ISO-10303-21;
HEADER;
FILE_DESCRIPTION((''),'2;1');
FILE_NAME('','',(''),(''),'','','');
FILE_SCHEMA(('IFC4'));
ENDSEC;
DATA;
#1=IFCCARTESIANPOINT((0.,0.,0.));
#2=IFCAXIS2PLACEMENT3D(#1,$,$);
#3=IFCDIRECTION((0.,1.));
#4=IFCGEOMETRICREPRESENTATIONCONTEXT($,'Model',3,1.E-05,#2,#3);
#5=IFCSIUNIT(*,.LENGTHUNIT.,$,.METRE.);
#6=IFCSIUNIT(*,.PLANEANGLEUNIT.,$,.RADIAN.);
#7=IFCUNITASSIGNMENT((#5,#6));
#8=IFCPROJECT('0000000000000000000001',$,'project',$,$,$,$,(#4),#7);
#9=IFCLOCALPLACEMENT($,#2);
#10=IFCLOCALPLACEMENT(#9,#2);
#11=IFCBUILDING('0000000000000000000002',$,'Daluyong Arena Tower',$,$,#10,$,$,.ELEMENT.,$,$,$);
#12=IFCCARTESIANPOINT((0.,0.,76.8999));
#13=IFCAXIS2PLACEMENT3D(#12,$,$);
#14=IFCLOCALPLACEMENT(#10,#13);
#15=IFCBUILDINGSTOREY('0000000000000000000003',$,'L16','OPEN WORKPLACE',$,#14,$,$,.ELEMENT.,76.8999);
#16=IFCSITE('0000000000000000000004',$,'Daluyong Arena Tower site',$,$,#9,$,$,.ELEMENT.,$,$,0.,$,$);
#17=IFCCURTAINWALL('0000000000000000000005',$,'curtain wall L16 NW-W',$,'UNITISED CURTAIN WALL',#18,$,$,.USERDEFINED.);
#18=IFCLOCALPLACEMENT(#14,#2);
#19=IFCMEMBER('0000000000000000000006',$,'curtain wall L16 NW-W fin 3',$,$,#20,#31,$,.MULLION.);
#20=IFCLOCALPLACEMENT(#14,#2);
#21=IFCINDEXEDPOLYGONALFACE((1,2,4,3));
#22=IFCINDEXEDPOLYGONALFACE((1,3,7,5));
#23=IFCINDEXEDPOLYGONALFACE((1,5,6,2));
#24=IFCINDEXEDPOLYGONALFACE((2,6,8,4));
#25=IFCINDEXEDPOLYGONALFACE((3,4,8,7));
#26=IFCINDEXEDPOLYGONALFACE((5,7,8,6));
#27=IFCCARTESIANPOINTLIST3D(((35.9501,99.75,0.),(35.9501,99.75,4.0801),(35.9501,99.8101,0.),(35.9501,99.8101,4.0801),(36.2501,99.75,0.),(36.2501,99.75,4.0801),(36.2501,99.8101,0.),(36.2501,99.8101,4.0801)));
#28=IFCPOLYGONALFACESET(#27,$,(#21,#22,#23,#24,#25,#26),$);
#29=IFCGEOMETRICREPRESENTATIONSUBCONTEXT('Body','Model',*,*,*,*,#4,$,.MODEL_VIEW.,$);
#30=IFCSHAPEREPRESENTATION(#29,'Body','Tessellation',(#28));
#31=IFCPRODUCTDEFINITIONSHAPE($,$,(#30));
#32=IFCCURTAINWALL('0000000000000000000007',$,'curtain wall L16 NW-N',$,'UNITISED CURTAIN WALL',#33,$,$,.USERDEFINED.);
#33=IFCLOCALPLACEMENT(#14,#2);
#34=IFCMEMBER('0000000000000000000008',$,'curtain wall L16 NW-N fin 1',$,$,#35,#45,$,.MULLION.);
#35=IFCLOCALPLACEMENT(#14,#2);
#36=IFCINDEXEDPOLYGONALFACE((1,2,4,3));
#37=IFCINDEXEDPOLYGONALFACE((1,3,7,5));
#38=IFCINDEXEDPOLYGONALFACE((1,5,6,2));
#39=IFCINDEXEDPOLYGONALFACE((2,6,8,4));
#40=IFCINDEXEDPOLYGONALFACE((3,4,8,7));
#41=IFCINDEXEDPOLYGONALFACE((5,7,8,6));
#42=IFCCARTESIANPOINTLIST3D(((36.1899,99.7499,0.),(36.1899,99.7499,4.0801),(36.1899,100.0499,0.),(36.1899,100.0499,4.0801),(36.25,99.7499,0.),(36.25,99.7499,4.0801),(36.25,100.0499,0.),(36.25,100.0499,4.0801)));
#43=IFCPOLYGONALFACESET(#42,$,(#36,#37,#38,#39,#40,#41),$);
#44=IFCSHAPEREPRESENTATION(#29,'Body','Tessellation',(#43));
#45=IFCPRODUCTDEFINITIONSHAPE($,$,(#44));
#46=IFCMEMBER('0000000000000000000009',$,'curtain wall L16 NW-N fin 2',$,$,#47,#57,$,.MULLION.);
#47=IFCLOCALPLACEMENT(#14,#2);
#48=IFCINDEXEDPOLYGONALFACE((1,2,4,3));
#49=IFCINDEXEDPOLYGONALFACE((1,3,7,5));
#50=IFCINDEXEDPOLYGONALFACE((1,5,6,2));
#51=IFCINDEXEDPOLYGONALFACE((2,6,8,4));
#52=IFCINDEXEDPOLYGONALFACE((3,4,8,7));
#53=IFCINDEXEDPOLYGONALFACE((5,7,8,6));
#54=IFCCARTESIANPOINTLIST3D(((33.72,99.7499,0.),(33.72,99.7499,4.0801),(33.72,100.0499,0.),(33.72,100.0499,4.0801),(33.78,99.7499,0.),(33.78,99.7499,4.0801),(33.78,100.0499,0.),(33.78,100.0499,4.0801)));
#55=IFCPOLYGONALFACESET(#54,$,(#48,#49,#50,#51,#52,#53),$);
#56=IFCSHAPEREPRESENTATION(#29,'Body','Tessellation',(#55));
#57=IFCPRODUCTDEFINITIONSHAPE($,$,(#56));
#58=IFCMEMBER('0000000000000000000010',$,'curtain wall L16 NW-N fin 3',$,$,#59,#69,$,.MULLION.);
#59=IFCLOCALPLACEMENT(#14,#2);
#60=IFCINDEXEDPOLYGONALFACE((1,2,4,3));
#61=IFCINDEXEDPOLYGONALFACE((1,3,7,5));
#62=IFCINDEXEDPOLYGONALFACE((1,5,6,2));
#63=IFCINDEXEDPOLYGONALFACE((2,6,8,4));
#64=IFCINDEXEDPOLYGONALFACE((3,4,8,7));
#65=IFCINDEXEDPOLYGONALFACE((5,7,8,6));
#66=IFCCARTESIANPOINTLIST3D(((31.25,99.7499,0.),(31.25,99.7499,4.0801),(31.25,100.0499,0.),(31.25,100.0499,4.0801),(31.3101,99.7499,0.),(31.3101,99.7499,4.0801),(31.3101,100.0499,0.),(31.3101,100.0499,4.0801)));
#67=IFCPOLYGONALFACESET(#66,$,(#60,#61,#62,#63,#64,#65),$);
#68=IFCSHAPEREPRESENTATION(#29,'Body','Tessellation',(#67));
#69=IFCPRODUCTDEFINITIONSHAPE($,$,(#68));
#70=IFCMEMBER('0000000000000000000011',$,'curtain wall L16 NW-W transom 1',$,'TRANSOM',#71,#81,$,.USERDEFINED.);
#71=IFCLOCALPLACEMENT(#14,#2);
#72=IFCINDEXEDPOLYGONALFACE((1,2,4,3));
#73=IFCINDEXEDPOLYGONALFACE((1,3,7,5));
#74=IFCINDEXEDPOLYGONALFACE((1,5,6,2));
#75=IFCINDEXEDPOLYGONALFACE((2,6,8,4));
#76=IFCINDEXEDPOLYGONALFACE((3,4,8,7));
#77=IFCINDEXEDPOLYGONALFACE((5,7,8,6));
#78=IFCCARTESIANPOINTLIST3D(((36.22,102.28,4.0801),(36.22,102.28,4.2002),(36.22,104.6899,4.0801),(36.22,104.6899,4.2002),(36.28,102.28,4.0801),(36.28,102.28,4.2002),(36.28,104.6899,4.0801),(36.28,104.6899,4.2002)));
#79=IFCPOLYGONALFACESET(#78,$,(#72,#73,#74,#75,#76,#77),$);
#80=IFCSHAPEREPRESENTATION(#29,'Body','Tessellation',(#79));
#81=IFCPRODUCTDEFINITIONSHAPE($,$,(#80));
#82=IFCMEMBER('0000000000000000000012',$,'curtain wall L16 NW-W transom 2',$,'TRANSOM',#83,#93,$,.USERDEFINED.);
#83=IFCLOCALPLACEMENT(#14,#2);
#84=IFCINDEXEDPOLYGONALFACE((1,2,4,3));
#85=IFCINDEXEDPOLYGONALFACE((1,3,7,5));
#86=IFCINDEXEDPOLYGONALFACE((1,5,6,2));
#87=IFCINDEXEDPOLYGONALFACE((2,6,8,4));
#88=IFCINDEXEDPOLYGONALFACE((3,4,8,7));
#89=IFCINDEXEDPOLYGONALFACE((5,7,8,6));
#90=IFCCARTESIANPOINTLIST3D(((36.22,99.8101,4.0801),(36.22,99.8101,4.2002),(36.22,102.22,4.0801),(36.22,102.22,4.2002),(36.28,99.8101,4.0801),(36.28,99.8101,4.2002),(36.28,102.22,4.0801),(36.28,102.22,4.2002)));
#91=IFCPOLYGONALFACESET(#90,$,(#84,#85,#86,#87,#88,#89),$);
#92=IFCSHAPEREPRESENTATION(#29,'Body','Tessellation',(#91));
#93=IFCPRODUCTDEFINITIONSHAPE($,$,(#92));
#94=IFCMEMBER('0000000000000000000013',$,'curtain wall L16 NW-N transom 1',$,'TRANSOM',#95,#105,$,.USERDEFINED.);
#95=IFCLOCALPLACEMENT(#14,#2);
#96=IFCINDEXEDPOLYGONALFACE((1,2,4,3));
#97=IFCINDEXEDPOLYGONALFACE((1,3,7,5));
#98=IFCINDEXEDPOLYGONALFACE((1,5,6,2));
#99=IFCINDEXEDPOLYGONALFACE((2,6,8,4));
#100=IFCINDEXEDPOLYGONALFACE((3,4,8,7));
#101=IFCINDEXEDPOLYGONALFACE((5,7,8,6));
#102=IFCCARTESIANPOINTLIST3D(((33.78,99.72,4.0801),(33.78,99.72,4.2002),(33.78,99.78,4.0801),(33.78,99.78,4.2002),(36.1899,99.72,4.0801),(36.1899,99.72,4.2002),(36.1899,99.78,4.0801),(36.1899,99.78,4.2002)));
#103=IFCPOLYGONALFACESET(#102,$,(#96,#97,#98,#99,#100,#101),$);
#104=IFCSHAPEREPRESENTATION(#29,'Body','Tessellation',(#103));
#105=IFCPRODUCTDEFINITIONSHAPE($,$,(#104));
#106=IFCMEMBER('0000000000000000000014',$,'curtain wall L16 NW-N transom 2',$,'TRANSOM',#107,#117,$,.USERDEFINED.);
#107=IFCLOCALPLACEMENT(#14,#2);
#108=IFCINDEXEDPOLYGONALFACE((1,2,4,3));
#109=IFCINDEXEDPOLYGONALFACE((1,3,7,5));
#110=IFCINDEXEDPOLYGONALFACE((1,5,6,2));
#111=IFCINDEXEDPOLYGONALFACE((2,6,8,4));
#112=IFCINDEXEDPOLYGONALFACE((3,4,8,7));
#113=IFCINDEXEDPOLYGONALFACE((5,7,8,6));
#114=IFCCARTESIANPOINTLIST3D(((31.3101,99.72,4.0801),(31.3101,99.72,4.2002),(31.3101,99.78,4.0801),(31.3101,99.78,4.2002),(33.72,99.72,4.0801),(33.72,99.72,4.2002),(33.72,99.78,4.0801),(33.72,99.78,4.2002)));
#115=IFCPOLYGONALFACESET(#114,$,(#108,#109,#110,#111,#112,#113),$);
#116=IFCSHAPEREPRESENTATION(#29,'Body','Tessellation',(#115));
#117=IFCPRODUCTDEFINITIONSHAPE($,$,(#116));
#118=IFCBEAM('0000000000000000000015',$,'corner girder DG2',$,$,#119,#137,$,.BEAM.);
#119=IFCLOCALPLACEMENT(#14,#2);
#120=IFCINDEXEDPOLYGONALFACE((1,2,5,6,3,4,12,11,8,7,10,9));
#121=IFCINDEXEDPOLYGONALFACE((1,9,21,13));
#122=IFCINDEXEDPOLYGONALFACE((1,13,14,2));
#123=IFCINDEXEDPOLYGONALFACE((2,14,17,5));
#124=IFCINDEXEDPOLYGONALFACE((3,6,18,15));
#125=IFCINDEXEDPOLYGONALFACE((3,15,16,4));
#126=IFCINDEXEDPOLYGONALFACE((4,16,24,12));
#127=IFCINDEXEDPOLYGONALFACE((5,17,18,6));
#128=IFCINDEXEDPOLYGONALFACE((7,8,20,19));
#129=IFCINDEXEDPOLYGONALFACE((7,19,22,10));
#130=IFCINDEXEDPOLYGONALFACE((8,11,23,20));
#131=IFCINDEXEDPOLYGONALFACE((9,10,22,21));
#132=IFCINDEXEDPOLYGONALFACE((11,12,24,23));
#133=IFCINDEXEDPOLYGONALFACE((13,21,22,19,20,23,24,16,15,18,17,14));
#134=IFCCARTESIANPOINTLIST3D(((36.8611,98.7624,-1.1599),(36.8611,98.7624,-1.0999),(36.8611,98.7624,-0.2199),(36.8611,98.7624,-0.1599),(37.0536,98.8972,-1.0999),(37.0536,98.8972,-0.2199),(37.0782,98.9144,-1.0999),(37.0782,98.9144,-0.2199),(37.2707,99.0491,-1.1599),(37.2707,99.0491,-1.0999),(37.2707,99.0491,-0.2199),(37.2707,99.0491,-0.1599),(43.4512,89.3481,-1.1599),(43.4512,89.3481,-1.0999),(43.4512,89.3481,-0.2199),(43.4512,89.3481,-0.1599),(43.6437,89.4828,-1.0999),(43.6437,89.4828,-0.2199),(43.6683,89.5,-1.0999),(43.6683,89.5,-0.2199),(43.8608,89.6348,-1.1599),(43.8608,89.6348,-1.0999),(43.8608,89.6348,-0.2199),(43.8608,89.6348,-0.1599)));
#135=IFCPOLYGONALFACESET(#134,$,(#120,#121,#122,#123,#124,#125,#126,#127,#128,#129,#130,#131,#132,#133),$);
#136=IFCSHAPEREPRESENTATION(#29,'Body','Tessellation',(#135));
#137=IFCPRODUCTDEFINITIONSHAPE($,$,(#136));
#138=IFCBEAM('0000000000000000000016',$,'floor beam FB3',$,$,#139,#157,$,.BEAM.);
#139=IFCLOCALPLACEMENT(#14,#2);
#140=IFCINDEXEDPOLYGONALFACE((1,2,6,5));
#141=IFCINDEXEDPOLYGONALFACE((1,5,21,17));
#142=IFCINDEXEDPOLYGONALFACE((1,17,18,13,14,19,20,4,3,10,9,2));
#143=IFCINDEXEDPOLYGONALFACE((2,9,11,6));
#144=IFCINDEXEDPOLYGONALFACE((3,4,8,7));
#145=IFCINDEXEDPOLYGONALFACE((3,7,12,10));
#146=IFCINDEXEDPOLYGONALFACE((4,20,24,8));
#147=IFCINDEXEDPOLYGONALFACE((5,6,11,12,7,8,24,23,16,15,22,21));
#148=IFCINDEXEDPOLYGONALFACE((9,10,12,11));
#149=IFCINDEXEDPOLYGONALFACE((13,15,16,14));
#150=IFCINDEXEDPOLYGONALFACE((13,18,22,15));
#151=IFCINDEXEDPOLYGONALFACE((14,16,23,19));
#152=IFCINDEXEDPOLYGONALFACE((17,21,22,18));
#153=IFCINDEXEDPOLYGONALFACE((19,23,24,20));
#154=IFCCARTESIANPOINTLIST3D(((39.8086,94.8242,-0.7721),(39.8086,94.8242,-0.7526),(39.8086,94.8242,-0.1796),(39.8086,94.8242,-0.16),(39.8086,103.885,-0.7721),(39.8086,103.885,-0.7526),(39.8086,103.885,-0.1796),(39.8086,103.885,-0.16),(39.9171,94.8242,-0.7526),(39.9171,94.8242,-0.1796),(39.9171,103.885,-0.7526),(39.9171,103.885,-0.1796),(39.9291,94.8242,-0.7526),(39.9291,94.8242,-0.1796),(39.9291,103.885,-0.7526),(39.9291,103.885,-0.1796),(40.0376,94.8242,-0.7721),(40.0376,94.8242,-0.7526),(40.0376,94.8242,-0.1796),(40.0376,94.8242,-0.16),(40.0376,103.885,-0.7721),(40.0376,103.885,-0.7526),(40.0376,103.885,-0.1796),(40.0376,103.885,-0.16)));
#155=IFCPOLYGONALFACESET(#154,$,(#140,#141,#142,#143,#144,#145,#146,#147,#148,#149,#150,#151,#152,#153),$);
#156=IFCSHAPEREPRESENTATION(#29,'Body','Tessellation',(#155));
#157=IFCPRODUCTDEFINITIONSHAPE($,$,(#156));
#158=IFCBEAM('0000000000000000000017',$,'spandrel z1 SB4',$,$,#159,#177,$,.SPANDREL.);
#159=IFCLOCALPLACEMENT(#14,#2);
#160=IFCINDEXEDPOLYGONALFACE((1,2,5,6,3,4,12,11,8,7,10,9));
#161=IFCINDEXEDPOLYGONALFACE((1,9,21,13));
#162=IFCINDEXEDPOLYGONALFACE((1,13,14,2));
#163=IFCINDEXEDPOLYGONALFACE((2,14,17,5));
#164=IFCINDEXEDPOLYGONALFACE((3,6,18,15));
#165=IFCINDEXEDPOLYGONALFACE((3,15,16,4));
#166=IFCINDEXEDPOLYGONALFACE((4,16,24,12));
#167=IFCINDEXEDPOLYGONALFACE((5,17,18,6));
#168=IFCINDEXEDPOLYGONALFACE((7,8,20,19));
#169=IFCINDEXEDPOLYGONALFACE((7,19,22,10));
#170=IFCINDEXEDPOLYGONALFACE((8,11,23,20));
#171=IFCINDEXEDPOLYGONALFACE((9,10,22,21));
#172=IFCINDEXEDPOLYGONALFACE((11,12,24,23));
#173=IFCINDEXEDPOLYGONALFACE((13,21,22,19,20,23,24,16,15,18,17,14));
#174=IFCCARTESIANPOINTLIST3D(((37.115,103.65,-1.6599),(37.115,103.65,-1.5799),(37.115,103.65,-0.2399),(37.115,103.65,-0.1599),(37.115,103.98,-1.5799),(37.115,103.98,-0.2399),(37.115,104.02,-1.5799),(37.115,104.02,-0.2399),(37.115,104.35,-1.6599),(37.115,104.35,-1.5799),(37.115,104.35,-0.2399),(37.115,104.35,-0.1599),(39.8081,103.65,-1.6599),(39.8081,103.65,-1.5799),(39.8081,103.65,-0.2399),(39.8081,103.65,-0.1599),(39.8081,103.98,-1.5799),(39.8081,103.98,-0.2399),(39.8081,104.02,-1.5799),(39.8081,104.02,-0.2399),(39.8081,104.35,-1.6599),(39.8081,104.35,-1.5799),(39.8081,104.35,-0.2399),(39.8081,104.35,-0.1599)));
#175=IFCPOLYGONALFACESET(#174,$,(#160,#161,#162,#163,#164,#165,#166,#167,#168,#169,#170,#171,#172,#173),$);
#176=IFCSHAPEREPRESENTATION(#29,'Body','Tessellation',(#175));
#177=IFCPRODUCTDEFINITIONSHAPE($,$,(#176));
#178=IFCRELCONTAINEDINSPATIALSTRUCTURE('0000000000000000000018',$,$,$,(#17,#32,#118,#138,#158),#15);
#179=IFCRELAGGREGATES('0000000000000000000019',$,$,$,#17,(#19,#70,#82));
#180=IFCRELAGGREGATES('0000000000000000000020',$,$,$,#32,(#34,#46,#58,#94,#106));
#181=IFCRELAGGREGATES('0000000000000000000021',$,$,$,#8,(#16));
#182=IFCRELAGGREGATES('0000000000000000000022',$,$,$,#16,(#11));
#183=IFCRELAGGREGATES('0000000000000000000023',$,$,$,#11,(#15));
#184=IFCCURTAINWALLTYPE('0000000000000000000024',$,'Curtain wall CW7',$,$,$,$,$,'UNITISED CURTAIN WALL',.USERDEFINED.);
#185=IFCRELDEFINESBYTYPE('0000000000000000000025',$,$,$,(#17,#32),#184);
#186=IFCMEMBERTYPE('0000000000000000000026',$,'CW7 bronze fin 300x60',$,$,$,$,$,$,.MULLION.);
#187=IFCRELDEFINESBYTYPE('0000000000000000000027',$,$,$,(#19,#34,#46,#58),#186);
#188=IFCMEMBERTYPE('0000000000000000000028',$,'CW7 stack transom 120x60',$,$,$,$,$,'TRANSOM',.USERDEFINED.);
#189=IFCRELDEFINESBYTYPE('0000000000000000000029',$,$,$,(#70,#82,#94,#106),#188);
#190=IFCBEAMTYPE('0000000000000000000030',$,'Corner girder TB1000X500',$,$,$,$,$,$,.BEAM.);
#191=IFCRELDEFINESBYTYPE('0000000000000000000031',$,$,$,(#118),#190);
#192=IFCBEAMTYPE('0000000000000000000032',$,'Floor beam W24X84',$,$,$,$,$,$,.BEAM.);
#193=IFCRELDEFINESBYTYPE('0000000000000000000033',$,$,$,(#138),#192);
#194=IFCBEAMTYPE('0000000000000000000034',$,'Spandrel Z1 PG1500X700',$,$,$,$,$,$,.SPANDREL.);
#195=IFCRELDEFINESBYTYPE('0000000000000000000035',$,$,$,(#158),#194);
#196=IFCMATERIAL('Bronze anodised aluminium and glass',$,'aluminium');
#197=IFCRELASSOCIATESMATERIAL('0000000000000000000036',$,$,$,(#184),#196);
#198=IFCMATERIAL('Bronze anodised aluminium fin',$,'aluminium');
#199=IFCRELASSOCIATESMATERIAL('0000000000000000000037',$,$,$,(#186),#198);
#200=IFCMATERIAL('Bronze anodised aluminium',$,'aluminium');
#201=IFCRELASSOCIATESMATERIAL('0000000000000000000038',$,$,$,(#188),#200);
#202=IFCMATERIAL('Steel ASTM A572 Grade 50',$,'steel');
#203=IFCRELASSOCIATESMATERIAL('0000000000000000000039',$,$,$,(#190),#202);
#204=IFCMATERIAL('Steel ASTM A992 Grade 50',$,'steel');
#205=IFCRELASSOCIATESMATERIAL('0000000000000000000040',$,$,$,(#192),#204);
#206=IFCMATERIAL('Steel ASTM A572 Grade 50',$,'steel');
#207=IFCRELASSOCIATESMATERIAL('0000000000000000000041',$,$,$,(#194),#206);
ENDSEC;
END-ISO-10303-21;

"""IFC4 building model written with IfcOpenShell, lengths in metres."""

from ifc_helpers import new_model, si_unit, direction, frame, origin, origin_2d, place, context, subcontext, project, spatial, rectangle, i_section, extrude, material, material_profile, profile_set, type_object, element, aggregate, save


model = new_model("IFC4")

# Units and contexts
model_context = context("Model", 3, precision=1e-05, world=origin(), true_north=direction((0.0, 1.0)))
body_context = subcontext(model_context, "Body", "Model", "MODEL_VIEW")
ifc_project = project(units=[si_unit("LENGTHUNIT", "METRE"), si_unit("PLANEANGLEUNIT", "RADIAN")], contexts=[model_context])

# Site, building, storey
site_placement = place(None, origin())
site = spatial("IfcSite", under=ifc_project, at=site_placement, Name="Daluyong Arena Tower site", CompositionType="ELEMENT", RefElevation=0.0)
building_placement = place(site_placement, origin())
building = spatial("IfcBuilding", under=site, at=building_placement, Name="Daluyong Arena Tower", CompositionType="ELEMENT")
storey_placement = place(building_placement, frame((0.0, 0.0, 76.8999)))
storey = spatial("IfcBuildingStorey", under=building, at=storey_placement, Name="L16", Description="OPEN WORKPLACE", CompositionType="ELEMENT", Elevation=76.8999)

# Curtain walls, members
ifc_material_1 = material(Name="Bronze anodised aluminium and glass", Category="aluminium")
curtain_wall_type_1 = type_object("IfcCurtainWallType", Name="Curtain wall CW7", ElementType="UNITISED CURTAIN WALL", PredefinedType="USERDEFINED", material=ifc_material_1)
curtain_wall_1_placement = place(storey_placement, origin())
curtain_wall_1 = element("IfcCurtainWall", 1, at=curtain_wall_1_placement, inside=storey, type_object=curtain_wall_type_1, Name="curtain wall L16 NW-W", ObjectType="UNITISED CURTAIN WALL", PredefinedType="USERDEFINED")
ifc_material_2 = material(Name="Bronze anodised aluminium fin", Category="aluminium")
ifc_material_profile_1 = material_profile(ifc_material_2, rectangle(XDim=0.3, YDim=0.0601, at=origin_2d()))
ifc_profile_set_1 = profile_set([ifc_material_profile_1], Name="Bronze anodised aluminium fin")
member_type_1 = type_object("IfcMemberType", Name="CW7 bronze fin 300x60", PredefinedType="MULLION", material=ifc_profile_set_1)
member_1_placement = place(storey_placement, frame((36.1001, 99.78, 0.0), z_axis=(0.0, 0.0, 1.0), x_axis=(1.0, 0.0, 0.0)))
member_1 = element("IfcMember", 2, at=member_1_placement, type_object=member_type_1, Name="curtain wall L16 NW-W fin 3", PredefinedType="MULLION", context=body_context, shape_type="SweptSolid", body=[
    extrude(rectangle(XDim=0.3, YDim=0.0601, at=origin_2d()), origin(), (0.0, 0.0, 1.0), 4.0801),
])
curtain_wall_2_placement = place(storey_placement, origin())
curtain_wall_2 = element("IfcCurtainWall", 3, at=curtain_wall_2_placement, inside=storey, type_object=curtain_wall_type_1, Name="curtain wall L16 NW-N", ObjectType="UNITISED CURTAIN WALL", PredefinedType="USERDEFINED")
member_2_placement = place(storey_placement, frame((36.22, 99.8999, 0.0), z_axis=(0.0, 0.0, 1.0), x_axis=(0.0, -1.0, 0.0)))
member_2 = element("IfcMember", 4, at=member_2_placement, type_object=member_type_1, Name="curtain wall L16 NW-N fin 1", PredefinedType="MULLION", context=body_context, shape_type="SweptSolid", body=[
    extrude(rectangle(XDim=0.3, YDim=0.0601, at=origin_2d()), origin(), (0.0, 0.0, 1.0), 4.0801),
])
member_3_placement = place(storey_placement, frame((33.75, 99.8999, 0.0), z_axis=(0.0, 0.0, 1.0), x_axis=(0.0, -1.0, 0.0)))
member_3 = element("IfcMember", 5, at=member_3_placement, type_object=member_type_1, Name="curtain wall L16 NW-N fin 2", PredefinedType="MULLION", context=body_context, shape_type="SweptSolid", body=[
    extrude(rectangle(XDim=0.3, YDim=0.0601, at=origin_2d()), origin(), (0.0, 0.0, 1.0), 4.0801),
])
member_4_placement = place(storey_placement, frame((31.28, 99.8999, 0.0), z_axis=(0.0, 0.0, 1.0), x_axis=(0.0, -1.0, 0.0)))
member_4 = element("IfcMember", 6, at=member_4_placement, type_object=member_type_1, Name="curtain wall L16 NW-N fin 3", PredefinedType="MULLION", context=body_context, shape_type="SweptSolid", body=[
    extrude(rectangle(XDim=0.3, YDim=0.0601, at=origin_2d()), origin(), (0.0, 0.0, 1.0), 4.0801),
])

# Members
ifc_material_3 = material(Name="Bronze anodised aluminium", Category="aluminium")
ifc_material_profile_2 = material_profile(ifc_material_3, rectangle(XDim=0.0601, YDim=0.1201, at=origin_2d()))
ifc_profile_set_2 = profile_set([ifc_material_profile_2], Name="Bronze anodised aluminium")
member_type_2 = type_object("IfcMemberType", Name="CW7 stack transom 120x60", ElementType="TRANSOM", PredefinedType="USERDEFINED", material=ifc_profile_set_2)
member_5_placement = place(storey_placement, frame((36.25, 104.6899, 4.1401), z_axis=(0.0, -1.0, 0.0), x_axis=(1.0, 0.0, 0.0)))
member_5 = element("IfcMember", 7, at=member_5_placement, type_object=member_type_2, Name="curtain wall L16 NW-W transom 1", ObjectType="TRANSOM", PredefinedType="USERDEFINED", context=body_context, shape_type="SweptSolid", body=[
    extrude(rectangle(XDim=0.0601, YDim=0.1201, at=origin_2d()), origin(), (0.0, 0.0, 1.0), 2.4099),
])
member_6_placement = place(storey_placement, frame((36.25, 102.22, 4.1401), z_axis=(0.0, -1.0, 0.0), x_axis=(1.0, 0.0, 0.0)))
member_6 = element("IfcMember", 8, at=member_6_placement, type_object=member_type_2, Name="curtain wall L16 NW-W transom 2", ObjectType="TRANSOM", PredefinedType="USERDEFINED", context=body_context, shape_type="SweptSolid", body=[
    extrude(rectangle(XDim=0.0601, YDim=0.1201, at=origin_2d()), origin(), (0.0, 0.0, 1.0), 2.4099),
])
member_7_placement = place(storey_placement, frame((36.1899, 99.75, 4.1401), z_axis=(-1.0, 0.0, 0.0), x_axis=(0.0, -1.0, 0.0)))
member_7 = element("IfcMember", 9, at=member_7_placement, type_object=member_type_2, Name="curtain wall L16 NW-N transom 1", ObjectType="TRANSOM", PredefinedType="USERDEFINED", context=body_context, shape_type="SweptSolid", body=[
    extrude(rectangle(XDim=0.0601, YDim=0.1201, at=origin_2d()), origin(), (0.0, 0.0, 1.0), 2.4099),
])
member_8_placement = place(storey_placement, frame((33.72, 99.75, 4.1401), z_axis=(-1.0, 0.0, 0.0), x_axis=(0.0, -1.0, 0.0)))
member_8 = element("IfcMember", 10, at=member_8_placement, type_object=member_type_2, Name="curtain wall L16 NW-N transom 2", ObjectType="TRANSOM", PredefinedType="USERDEFINED", context=body_context, shape_type="SweptSolid", body=[
    extrude(rectangle(XDim=0.0601, YDim=0.1201, at=origin_2d()), origin(), (0.0, 0.0, 1.0), 2.4099),
])

# Beams
ifc_material_4 = material(Name="Steel ASTM A572 Grade 50", Category="steel")
ifc_material_profile_3 = material_profile(ifc_material_4, i_section(OverallWidth=0.5, OverallDepth=1.0, WebThickness=0.03, FlangeThickness=0.06, at=origin_2d()))
ifc_profile_set_3 = profile_set([ifc_material_profile_3], Name="Steel ASTM A572 Grade 50")
beam_type_1 = type_object("IfcBeamType", Name="Corner girder TB1000X500", PredefinedType="BEAM", material=ifc_profile_set_3)
beam_1_placement = place(storey_placement, frame((37.0659, 98.9058, -0.6599), z_axis=(0.573467, -0.819229, 0.0), x_axis=(0.819229, 0.573467, 0.0)))
element("IfcBeam", 11, at=beam_1_placement, inside=storey, type_object=beam_type_1, Name="corner girder DG2", PredefinedType="BEAM", context=body_context, shape_type="SweptSolid", body=[
    extrude(i_section(OverallWidth=0.5, OverallDepth=1.0, WebThickness=0.03, FlangeThickness=0.06, at=origin_2d()), origin(), (0.0, 0.0, 1.0), 11.4917),
])
ifc_material_5 = material(Name="Steel ASTM A992 Grade 50", Category="steel")
ifc_material_profile_4 = material_profile(ifc_material_5, i_section(OverallWidth=0.229, OverallDepth=0.6121, WebThickness=0.012, FlangeThickness=0.0195, at=origin_2d()))
ifc_profile_set_4 = profile_set([ifc_material_profile_4], Name="Steel ASTM A992 Grade 50")
beam_type_2 = type_object("IfcBeamType", Name="Floor beam W24X84", PredefinedType="BEAM", material=ifc_profile_set_4)
beam_2_placement = place(storey_placement, frame((39.9231, 103.885, -0.4661), z_axis=(0.0, -1.0, 0.0), x_axis=(1.0, 0.0, 0.0)))
element("IfcBeam", 12, at=beam_2_placement, inside=storey, type_object=beam_type_2, Name="floor beam FB3", PredefinedType="BEAM", context=body_context, shape_type="SweptSolid", body=[
    extrude(i_section(OverallWidth=0.229, OverallDepth=0.6121, WebThickness=0.012, FlangeThickness=0.0195, at=origin_2d()), origin(), (0.0, 0.0, 1.0), 9.0608),
])
ifc_material_6 = material(Name="Steel ASTM A572 Grade 50", Category="steel")
ifc_material_profile_5 = material_profile(ifc_material_6, i_section(OverallWidth=0.7, OverallDepth=1.5, WebThickness=0.04, FlangeThickness=0.08, at=origin_2d()))
ifc_profile_set_5 = profile_set([ifc_material_profile_5], Name="Steel ASTM A572 Grade 50")
beam_type_3 = type_object("IfcBeamType", Name="Spandrel Z1 PG1500X700", PredefinedType="SPANDREL", material=ifc_profile_set_5)
beam_3_placement = place(storey_placement, frame((39.8081, 104.0, -0.9099), z_axis=(-1.0, 0.0, 0.0), x_axis=(0.0, -1.0, 0.0)))
element("IfcBeam", 13, at=beam_3_placement, inside=storey, type_object=beam_type_3, Name="spandrel z1 SB4", PredefinedType="SPANDREL", context=body_context, shape_type="SweptSolid", body=[
    extrude(i_section(OverallWidth=0.7, OverallDepth=1.5, WebThickness=0.04, FlangeThickness=0.08, at=origin_2d()), origin(), (0.0, 0.0, 1.0), 2.6931),
])

aggregate(curtain_wall_1, [member_1, member_5, member_6])
aggregate(curtain_wall_2, [member_2, member_3, member_4, member_7, member_8])

save(model, "model.ifc")
